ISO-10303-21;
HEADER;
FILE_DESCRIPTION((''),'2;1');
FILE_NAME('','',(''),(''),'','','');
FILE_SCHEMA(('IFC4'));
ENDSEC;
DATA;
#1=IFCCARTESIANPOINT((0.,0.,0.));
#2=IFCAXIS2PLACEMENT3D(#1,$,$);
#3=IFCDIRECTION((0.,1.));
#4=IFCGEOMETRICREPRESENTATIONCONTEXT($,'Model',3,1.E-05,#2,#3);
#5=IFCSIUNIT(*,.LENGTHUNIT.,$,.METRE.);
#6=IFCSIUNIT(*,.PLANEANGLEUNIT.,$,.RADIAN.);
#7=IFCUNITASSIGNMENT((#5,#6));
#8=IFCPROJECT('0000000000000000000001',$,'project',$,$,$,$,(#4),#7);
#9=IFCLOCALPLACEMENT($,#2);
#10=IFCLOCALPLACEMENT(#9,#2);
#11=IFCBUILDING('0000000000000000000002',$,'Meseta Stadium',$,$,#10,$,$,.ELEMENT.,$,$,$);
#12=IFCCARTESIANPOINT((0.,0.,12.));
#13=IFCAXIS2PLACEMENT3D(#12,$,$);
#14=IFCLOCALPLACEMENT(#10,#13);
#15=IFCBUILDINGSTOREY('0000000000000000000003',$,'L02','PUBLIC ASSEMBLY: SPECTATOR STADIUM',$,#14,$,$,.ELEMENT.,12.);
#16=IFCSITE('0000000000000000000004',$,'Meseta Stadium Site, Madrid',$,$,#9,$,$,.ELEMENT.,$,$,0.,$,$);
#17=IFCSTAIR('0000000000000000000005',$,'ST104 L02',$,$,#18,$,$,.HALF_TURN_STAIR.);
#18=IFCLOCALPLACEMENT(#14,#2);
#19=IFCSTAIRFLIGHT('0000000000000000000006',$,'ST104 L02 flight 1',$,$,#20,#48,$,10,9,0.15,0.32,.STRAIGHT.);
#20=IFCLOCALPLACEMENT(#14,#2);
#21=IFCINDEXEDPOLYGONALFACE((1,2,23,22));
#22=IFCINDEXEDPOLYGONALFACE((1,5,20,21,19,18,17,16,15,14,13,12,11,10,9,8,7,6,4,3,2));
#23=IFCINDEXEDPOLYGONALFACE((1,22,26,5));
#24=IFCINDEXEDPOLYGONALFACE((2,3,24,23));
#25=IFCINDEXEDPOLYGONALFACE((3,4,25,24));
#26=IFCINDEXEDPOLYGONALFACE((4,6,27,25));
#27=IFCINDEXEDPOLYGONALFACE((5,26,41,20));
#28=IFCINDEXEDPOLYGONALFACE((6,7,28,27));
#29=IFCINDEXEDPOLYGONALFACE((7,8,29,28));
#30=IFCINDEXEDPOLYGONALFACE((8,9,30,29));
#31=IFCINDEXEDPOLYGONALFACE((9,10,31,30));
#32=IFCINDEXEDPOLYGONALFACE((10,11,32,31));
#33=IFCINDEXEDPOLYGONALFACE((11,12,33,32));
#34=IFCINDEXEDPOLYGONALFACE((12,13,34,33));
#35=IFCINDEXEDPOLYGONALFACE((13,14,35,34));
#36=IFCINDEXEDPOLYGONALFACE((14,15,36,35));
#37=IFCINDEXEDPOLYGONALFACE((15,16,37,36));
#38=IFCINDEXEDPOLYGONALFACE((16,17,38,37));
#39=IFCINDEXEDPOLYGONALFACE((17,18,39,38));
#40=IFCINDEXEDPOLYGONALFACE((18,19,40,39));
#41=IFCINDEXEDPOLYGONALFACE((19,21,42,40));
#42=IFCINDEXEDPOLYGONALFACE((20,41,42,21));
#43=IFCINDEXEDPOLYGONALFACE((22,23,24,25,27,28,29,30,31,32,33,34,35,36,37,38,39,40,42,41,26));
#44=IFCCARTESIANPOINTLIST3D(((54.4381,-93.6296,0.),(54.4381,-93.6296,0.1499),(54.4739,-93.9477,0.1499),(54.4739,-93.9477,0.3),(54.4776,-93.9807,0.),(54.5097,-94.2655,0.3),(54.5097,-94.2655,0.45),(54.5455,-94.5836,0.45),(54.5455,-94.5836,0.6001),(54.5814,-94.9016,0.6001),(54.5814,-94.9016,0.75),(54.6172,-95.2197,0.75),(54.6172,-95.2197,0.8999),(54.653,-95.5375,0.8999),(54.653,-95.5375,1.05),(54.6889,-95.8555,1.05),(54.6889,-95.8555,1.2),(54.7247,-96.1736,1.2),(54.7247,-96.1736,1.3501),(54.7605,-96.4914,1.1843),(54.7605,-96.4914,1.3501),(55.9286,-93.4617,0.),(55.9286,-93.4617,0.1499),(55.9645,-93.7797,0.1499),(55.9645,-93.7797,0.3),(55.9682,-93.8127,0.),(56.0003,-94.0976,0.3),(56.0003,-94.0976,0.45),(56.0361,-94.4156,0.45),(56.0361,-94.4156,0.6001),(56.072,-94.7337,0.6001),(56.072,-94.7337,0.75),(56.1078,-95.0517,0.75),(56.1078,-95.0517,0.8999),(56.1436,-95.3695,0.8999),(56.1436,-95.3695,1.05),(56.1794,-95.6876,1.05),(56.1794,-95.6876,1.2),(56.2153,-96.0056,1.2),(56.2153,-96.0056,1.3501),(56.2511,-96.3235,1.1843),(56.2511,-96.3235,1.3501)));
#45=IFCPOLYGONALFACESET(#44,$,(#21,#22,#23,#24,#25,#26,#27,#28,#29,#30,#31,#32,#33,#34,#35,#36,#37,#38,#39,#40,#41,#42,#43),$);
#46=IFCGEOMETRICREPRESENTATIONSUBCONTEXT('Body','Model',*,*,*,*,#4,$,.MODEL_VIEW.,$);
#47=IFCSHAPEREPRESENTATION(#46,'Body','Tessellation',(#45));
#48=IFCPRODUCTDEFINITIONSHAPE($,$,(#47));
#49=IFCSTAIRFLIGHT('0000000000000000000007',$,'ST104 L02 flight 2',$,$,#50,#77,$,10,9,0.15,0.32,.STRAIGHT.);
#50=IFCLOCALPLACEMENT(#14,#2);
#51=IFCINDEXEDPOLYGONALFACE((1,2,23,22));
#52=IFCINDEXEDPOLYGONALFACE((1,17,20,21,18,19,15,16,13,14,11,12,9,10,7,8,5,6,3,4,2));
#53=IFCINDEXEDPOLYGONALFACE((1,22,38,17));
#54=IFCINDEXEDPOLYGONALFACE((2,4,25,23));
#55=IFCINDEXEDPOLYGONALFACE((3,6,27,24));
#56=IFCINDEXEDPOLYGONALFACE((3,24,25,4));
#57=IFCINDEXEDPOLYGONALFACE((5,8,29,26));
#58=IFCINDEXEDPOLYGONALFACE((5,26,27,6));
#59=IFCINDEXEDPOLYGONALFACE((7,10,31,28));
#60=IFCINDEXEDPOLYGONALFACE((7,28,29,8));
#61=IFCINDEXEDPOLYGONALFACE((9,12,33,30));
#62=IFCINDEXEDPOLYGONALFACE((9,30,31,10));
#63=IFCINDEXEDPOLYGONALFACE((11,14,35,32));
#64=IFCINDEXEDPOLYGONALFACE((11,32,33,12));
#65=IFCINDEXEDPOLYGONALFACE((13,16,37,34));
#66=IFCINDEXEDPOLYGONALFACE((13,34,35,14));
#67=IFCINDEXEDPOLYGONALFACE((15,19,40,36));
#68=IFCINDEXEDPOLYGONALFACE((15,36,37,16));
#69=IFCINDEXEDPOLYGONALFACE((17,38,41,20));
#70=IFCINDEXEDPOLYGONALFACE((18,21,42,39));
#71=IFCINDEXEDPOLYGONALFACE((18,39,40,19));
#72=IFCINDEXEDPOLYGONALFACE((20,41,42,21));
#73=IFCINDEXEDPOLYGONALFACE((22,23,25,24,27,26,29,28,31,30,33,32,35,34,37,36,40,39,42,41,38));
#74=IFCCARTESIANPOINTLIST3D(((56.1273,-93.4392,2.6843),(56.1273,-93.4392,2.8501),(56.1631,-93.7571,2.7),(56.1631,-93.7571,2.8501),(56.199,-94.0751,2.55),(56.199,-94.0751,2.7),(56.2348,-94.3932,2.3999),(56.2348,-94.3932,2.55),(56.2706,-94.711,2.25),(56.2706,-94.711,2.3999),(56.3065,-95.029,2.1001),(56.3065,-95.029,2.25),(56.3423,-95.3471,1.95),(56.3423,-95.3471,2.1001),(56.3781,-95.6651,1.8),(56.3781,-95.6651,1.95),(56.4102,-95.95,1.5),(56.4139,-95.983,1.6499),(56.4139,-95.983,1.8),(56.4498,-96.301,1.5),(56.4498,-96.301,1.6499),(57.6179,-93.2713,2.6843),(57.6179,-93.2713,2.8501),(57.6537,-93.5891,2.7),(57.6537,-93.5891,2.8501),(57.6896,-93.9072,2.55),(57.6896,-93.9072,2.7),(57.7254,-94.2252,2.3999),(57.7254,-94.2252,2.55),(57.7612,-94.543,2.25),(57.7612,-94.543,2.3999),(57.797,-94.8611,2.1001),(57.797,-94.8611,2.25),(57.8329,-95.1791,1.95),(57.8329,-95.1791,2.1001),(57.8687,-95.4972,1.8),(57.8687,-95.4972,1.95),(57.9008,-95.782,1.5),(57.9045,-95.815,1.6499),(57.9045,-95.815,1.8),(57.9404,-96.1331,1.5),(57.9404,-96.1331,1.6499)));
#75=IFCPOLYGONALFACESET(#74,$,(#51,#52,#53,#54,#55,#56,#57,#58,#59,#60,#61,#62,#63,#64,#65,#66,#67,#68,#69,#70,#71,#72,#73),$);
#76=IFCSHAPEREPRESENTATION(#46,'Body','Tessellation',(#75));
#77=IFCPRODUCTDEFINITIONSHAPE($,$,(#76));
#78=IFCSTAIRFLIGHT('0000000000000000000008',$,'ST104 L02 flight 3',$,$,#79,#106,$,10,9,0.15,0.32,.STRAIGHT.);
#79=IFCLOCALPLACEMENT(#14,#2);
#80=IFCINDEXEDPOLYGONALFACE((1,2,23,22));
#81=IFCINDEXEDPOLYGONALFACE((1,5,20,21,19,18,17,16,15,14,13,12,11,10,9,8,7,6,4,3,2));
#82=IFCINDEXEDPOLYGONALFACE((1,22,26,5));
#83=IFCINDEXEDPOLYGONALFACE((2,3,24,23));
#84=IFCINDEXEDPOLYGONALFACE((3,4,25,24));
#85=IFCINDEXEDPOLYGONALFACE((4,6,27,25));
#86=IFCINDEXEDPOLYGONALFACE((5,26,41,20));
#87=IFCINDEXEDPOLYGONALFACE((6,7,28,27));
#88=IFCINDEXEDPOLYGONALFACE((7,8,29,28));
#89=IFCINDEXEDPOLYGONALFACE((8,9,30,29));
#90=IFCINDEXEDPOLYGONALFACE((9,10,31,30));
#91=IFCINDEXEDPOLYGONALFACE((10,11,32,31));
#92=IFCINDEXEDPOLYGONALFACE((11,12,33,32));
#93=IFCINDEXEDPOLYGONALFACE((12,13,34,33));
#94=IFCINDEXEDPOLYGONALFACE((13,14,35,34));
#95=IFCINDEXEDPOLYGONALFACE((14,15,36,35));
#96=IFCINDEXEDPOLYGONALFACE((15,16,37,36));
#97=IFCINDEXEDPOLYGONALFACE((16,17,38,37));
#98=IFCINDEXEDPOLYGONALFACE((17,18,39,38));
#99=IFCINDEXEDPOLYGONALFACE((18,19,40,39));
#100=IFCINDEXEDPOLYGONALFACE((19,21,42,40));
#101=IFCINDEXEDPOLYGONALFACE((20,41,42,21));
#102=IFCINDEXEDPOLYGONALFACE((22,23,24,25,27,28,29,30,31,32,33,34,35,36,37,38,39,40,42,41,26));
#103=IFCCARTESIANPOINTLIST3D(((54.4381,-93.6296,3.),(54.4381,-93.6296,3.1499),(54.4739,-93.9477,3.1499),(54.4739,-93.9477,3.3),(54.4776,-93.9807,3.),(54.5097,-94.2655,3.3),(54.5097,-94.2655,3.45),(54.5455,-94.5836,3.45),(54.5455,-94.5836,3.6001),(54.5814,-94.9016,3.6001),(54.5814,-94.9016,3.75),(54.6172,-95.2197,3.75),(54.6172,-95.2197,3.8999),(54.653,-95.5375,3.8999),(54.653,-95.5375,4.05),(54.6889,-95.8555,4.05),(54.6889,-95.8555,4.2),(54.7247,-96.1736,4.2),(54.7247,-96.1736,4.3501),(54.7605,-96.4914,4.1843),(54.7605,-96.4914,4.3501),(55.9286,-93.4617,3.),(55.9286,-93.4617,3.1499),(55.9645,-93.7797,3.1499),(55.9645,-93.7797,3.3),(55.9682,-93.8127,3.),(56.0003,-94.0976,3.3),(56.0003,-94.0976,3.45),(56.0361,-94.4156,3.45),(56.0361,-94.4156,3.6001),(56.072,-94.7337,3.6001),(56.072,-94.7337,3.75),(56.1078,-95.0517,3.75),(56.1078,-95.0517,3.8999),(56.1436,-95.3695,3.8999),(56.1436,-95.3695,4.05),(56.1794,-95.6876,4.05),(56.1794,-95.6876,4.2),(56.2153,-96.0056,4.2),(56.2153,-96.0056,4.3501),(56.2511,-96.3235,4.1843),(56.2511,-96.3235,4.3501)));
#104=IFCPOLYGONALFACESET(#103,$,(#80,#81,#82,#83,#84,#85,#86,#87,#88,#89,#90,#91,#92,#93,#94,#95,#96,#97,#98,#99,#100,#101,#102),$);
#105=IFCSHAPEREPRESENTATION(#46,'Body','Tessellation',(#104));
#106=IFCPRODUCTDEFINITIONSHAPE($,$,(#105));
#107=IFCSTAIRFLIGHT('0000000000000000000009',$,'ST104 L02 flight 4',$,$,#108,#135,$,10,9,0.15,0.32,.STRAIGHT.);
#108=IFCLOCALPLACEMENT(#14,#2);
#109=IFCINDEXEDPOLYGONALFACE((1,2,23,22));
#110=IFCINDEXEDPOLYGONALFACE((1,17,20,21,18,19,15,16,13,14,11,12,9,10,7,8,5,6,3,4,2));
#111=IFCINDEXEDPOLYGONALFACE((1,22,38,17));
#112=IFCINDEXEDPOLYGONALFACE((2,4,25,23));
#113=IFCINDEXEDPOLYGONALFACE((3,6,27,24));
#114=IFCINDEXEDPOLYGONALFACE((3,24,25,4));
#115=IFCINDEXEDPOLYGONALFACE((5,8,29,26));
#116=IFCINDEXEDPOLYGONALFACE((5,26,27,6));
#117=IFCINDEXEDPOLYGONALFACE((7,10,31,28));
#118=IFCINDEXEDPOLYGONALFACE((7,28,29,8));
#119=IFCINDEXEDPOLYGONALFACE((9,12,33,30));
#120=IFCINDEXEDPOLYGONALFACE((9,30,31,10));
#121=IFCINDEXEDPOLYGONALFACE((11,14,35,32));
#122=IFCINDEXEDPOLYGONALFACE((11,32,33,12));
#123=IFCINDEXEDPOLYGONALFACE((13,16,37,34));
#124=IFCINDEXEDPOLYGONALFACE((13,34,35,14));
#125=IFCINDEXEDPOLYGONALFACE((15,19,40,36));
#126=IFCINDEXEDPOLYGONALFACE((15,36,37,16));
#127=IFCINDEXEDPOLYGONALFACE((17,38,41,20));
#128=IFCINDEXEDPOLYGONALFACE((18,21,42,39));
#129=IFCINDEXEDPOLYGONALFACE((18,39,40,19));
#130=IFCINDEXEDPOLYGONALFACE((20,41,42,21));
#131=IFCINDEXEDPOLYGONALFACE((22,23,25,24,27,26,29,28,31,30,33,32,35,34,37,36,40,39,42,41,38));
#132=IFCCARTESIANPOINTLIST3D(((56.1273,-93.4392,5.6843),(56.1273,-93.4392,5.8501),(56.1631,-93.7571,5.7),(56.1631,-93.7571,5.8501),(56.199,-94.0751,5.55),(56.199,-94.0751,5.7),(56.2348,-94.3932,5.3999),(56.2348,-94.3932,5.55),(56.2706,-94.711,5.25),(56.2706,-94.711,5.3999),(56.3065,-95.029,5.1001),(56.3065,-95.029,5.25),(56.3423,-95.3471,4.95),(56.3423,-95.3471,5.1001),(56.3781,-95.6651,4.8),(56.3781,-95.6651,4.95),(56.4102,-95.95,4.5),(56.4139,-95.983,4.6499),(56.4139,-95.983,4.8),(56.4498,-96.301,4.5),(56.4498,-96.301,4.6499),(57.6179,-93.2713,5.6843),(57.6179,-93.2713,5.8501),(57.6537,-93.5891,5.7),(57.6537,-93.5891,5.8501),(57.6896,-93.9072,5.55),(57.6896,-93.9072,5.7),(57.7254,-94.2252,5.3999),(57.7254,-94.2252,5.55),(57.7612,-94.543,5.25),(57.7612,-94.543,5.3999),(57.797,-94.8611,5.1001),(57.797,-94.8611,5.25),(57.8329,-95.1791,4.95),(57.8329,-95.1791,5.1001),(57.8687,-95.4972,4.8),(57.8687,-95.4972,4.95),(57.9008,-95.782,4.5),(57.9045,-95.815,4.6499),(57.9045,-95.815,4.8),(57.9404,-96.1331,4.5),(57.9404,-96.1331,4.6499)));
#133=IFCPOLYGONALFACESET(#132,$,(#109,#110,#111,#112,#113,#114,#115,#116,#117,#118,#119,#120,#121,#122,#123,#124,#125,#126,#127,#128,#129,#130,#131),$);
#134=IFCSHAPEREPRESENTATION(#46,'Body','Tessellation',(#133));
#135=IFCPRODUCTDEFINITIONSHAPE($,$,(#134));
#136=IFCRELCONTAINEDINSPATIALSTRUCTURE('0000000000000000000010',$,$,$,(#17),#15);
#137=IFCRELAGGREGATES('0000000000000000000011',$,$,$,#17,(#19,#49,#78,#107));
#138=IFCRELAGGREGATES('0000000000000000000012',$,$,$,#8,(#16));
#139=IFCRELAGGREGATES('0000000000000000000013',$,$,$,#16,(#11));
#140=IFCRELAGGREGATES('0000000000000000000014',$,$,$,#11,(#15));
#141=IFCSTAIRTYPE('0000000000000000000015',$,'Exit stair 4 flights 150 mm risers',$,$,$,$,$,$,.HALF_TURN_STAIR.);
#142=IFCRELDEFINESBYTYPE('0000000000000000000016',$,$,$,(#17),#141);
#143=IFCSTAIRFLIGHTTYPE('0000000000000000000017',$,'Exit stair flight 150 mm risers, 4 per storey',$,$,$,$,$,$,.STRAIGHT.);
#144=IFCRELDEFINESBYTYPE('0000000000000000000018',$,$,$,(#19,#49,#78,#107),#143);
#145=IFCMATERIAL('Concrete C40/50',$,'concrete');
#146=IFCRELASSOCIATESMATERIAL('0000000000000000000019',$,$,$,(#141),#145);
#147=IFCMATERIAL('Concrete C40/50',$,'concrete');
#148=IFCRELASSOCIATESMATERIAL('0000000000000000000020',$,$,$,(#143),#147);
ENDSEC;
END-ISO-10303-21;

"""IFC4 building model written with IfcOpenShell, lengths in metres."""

from ifc_helpers import new_model, si_unit, direction, frame, origin, place, context, subcontext, project, spatial, polyline, outline, extrude, material, type_object, element, aggregate, save


model = new_model("IFC4")

# Units and contexts
model_context = context("Model", 3, precision=1e-05, world=origin(), true_north=direction((0.0, 1.0)))
body_context = subcontext(model_context, "Body", "Model", "MODEL_VIEW")
ifc_project = project(units=[si_unit("LENGTHUNIT", "METRE"), si_unit("PLANEANGLEUNIT", "RADIAN")], contexts=[model_context])

# Site, building, storey
site_placement = place(None, origin())
site = spatial("IfcSite", under=ifc_project, at=site_placement, Name="Meseta Stadium Site, Madrid", CompositionType="ELEMENT", RefElevation=0.0)
building_placement = place(site_placement, origin())
building = spatial("IfcBuilding", under=site, at=building_placement, Name="Meseta Stadium", CompositionType="ELEMENT")
storey_placement = place(building_placement, frame((0.0, 0.0, 12.0)))
storey = spatial("IfcBuildingStorey", under=building, at=storey_placement, Name="L02", Description="PUBLIC ASSEMBLY: SPECTATOR STADIUM", CompositionType="ELEMENT", Elevation=12.0)

# Stair, stair flights
ifc_material_1 = material(Name="Concrete C40/50", Category="concrete")
stair_type = type_object("IfcStairType", Name="Exit stair 4 flights 150 mm risers", PredefinedType="HALF_TURN_STAIR", material=ifc_material_1)
ifc_material_2 = material(Name="Concrete C40/50", Category="concrete")
stair_flight_type = type_object("IfcStairFlightType", Name="Exit stair flight 150 mm risers, 4 per storey", PredefinedType="STRAIGHT", material=ifc_material_2)
stair_1_placement = place(storey_placement, origin())
stair_1 = element("IfcStair", 1, at=stair_1_placement, inside=storey, type_object=stair_type, Name="ST104 L02", PredefinedType="HALF_TURN_STAIR")
stair_flight_1_placement = place(storey_placement, frame((55.1833, -93.5457, 0.0), z_axis=(0.0, 0.0, 1.0), x_axis=(0.111964, -0.993712, 0.0)))
stair_flight_1 = element("IfcStairFlight", 2, at=stair_flight_1_placement, type_object=stair_flight_type, Name="ST104 L02 flight 1", NumberOfRisers=10, NumberOfTreads=9, PredefinedType="STRAIGHT", RiserHeight=0.15, TreadLength=0.32, context=body_context, shape_type="SweptSolid", body=[
    extrude(outline(polyline([(0.0, 0.0), (0.0, 0.1499), (0.3201, 0.1499), (0.3201, 0.3), (0.6399, 0.3), (0.6399, 0.45), (0.96, 0.45), (0.96, 0.6001), (1.28, 0.6001), (1.28, 0.75), (1.6001, 0.75), (1.6001, 0.8999), (1.9199, 0.8999), (1.9199, 1.05), (2.24, 1.05), (2.24, 1.2), (2.5601, 1.2), (2.5601, 1.3501), (2.8799, 1.3501), (2.8799, 1.1843), (0.3533, 0.0), (0.0, 0.0)])), frame((0.0, 0.75, 0.0), z_axis=(0.0, -1.0, 0.0), x_axis=(1.0, 0.0, 0.0)), (0.0, 0.0, 1.0), 1.5),
])
stair_flight_2_placement = place(storey_placement, frame((57.1951, -96.217, 1.5), z_axis=(0.0, 0.0, 1.0), x_axis=(-0.111964, 0.993712, 0.0)))
stair_flight_2 = element("IfcStairFlight", 3, at=stair_flight_2_placement, type_object=stair_flight_type, Name="ST104 L02 flight 2", NumberOfRisers=10, NumberOfTreads=9, PredefinedType="STRAIGHT", RiserHeight=0.15, TreadLength=0.32, context=body_context, shape_type="SweptSolid", body=[
    extrude(outline(polyline([(0.0, 0.0), (0.0, 0.1499), (0.3201, 0.1499), (0.3201, 0.3), (0.6399, 0.3), (0.6399, 0.45), (0.96, 0.45), (0.96, 0.6001), (1.28, 0.6001), (1.28, 0.75), (1.6001, 0.75), (1.6001, 0.8999), (1.9199, 0.8999), (1.9199, 1.05), (2.24, 1.05), (2.24, 1.2), (2.5601, 1.2), (2.5601, 1.3501), (2.8799, 1.3501), (2.8799, 1.1843), (0.3533, 0.0), (0.0, 0.0)])), frame((0.0, 0.75, 0.0), z_axis=(0.0, -1.0, 0.0), x_axis=(1.0, 0.0, 0.0)), (0.0, 0.0, 1.0), 1.5),
])
stair_flight_3_placement = place(storey_placement, frame((55.1833, -93.5457, 3.0), z_axis=(0.0, 0.0, 1.0), x_axis=(0.111964, -0.993712, 0.0)))
stair_flight_3 = element("IfcStairFlight", 4, at=stair_flight_3_placement, type_object=stair_flight_type, Name="ST104 L02 flight 3", NumberOfRisers=10, NumberOfTreads=9, PredefinedType="STRAIGHT", RiserHeight=0.15, TreadLength=0.32, context=body_context, shape_type="SweptSolid", body=[
    extrude(outline(polyline([(0.0, 0.0), (0.0, 0.1499), (0.3201, 0.1499), (0.3201, 0.3), (0.6399, 0.3), (0.6399, 0.45), (0.96, 0.45), (0.96, 0.6001), (1.28, 0.6001), (1.28, 0.75), (1.6001, 0.75), (1.6001, 0.8999), (1.9199, 0.8999), (1.9199, 1.05), (2.24, 1.05), (2.24, 1.2), (2.5601, 1.2), (2.5601, 1.3501), (2.8799, 1.3501), (2.8799, 1.1843), (0.3533, 0.0), (0.0, 0.0)])), frame((0.0, 0.75, 0.0), z_axis=(0.0, -1.0, 0.0), x_axis=(1.0, 0.0, 0.0)), (0.0, 0.0, 1.0), 1.5),
])
stair_flight_4_placement = place(storey_placement, frame((57.1951, -96.217, 4.5), z_axis=(0.0, 0.0, 1.0), x_axis=(-0.111964, 0.993712, 0.0)))
stair_flight_4 = element("IfcStairFlight", 5, at=stair_flight_4_placement, type_object=stair_flight_type, Name="ST104 L02 flight 4", NumberOfRisers=10, NumberOfTreads=9, PredefinedType="STRAIGHT", RiserHeight=0.15, TreadLength=0.32, context=body_context, shape_type="SweptSolid", body=[
    extrude(outline(polyline([(0.0, 0.0), (0.0, 0.1499), (0.3201, 0.1499), (0.3201, 0.3), (0.6399, 0.3), (0.6399, 0.45), (0.96, 0.45), (0.96, 0.6001), (1.28, 0.6001), (1.28, 0.75), (1.6001, 0.75), (1.6001, 0.8999), (1.9199, 0.8999), (1.9199, 1.05), (2.24, 1.05), (2.24, 1.2), (2.5601, 1.2), (2.5601, 1.3501), (2.8799, 1.3501), (2.8799, 1.1843), (0.3533, 0.0), (0.0, 0.0)])), frame((0.0, 0.75, 0.0), z_axis=(0.0, -1.0, 0.0), x_axis=(1.0, 0.0, 0.0)), (0.0, 0.0, 1.0), 1.5),
])
aggregate(stair_1, [stair_flight_1, stair_flight_2, stair_flight_3, stair_flight_4])

save(model, "model.ifc")
